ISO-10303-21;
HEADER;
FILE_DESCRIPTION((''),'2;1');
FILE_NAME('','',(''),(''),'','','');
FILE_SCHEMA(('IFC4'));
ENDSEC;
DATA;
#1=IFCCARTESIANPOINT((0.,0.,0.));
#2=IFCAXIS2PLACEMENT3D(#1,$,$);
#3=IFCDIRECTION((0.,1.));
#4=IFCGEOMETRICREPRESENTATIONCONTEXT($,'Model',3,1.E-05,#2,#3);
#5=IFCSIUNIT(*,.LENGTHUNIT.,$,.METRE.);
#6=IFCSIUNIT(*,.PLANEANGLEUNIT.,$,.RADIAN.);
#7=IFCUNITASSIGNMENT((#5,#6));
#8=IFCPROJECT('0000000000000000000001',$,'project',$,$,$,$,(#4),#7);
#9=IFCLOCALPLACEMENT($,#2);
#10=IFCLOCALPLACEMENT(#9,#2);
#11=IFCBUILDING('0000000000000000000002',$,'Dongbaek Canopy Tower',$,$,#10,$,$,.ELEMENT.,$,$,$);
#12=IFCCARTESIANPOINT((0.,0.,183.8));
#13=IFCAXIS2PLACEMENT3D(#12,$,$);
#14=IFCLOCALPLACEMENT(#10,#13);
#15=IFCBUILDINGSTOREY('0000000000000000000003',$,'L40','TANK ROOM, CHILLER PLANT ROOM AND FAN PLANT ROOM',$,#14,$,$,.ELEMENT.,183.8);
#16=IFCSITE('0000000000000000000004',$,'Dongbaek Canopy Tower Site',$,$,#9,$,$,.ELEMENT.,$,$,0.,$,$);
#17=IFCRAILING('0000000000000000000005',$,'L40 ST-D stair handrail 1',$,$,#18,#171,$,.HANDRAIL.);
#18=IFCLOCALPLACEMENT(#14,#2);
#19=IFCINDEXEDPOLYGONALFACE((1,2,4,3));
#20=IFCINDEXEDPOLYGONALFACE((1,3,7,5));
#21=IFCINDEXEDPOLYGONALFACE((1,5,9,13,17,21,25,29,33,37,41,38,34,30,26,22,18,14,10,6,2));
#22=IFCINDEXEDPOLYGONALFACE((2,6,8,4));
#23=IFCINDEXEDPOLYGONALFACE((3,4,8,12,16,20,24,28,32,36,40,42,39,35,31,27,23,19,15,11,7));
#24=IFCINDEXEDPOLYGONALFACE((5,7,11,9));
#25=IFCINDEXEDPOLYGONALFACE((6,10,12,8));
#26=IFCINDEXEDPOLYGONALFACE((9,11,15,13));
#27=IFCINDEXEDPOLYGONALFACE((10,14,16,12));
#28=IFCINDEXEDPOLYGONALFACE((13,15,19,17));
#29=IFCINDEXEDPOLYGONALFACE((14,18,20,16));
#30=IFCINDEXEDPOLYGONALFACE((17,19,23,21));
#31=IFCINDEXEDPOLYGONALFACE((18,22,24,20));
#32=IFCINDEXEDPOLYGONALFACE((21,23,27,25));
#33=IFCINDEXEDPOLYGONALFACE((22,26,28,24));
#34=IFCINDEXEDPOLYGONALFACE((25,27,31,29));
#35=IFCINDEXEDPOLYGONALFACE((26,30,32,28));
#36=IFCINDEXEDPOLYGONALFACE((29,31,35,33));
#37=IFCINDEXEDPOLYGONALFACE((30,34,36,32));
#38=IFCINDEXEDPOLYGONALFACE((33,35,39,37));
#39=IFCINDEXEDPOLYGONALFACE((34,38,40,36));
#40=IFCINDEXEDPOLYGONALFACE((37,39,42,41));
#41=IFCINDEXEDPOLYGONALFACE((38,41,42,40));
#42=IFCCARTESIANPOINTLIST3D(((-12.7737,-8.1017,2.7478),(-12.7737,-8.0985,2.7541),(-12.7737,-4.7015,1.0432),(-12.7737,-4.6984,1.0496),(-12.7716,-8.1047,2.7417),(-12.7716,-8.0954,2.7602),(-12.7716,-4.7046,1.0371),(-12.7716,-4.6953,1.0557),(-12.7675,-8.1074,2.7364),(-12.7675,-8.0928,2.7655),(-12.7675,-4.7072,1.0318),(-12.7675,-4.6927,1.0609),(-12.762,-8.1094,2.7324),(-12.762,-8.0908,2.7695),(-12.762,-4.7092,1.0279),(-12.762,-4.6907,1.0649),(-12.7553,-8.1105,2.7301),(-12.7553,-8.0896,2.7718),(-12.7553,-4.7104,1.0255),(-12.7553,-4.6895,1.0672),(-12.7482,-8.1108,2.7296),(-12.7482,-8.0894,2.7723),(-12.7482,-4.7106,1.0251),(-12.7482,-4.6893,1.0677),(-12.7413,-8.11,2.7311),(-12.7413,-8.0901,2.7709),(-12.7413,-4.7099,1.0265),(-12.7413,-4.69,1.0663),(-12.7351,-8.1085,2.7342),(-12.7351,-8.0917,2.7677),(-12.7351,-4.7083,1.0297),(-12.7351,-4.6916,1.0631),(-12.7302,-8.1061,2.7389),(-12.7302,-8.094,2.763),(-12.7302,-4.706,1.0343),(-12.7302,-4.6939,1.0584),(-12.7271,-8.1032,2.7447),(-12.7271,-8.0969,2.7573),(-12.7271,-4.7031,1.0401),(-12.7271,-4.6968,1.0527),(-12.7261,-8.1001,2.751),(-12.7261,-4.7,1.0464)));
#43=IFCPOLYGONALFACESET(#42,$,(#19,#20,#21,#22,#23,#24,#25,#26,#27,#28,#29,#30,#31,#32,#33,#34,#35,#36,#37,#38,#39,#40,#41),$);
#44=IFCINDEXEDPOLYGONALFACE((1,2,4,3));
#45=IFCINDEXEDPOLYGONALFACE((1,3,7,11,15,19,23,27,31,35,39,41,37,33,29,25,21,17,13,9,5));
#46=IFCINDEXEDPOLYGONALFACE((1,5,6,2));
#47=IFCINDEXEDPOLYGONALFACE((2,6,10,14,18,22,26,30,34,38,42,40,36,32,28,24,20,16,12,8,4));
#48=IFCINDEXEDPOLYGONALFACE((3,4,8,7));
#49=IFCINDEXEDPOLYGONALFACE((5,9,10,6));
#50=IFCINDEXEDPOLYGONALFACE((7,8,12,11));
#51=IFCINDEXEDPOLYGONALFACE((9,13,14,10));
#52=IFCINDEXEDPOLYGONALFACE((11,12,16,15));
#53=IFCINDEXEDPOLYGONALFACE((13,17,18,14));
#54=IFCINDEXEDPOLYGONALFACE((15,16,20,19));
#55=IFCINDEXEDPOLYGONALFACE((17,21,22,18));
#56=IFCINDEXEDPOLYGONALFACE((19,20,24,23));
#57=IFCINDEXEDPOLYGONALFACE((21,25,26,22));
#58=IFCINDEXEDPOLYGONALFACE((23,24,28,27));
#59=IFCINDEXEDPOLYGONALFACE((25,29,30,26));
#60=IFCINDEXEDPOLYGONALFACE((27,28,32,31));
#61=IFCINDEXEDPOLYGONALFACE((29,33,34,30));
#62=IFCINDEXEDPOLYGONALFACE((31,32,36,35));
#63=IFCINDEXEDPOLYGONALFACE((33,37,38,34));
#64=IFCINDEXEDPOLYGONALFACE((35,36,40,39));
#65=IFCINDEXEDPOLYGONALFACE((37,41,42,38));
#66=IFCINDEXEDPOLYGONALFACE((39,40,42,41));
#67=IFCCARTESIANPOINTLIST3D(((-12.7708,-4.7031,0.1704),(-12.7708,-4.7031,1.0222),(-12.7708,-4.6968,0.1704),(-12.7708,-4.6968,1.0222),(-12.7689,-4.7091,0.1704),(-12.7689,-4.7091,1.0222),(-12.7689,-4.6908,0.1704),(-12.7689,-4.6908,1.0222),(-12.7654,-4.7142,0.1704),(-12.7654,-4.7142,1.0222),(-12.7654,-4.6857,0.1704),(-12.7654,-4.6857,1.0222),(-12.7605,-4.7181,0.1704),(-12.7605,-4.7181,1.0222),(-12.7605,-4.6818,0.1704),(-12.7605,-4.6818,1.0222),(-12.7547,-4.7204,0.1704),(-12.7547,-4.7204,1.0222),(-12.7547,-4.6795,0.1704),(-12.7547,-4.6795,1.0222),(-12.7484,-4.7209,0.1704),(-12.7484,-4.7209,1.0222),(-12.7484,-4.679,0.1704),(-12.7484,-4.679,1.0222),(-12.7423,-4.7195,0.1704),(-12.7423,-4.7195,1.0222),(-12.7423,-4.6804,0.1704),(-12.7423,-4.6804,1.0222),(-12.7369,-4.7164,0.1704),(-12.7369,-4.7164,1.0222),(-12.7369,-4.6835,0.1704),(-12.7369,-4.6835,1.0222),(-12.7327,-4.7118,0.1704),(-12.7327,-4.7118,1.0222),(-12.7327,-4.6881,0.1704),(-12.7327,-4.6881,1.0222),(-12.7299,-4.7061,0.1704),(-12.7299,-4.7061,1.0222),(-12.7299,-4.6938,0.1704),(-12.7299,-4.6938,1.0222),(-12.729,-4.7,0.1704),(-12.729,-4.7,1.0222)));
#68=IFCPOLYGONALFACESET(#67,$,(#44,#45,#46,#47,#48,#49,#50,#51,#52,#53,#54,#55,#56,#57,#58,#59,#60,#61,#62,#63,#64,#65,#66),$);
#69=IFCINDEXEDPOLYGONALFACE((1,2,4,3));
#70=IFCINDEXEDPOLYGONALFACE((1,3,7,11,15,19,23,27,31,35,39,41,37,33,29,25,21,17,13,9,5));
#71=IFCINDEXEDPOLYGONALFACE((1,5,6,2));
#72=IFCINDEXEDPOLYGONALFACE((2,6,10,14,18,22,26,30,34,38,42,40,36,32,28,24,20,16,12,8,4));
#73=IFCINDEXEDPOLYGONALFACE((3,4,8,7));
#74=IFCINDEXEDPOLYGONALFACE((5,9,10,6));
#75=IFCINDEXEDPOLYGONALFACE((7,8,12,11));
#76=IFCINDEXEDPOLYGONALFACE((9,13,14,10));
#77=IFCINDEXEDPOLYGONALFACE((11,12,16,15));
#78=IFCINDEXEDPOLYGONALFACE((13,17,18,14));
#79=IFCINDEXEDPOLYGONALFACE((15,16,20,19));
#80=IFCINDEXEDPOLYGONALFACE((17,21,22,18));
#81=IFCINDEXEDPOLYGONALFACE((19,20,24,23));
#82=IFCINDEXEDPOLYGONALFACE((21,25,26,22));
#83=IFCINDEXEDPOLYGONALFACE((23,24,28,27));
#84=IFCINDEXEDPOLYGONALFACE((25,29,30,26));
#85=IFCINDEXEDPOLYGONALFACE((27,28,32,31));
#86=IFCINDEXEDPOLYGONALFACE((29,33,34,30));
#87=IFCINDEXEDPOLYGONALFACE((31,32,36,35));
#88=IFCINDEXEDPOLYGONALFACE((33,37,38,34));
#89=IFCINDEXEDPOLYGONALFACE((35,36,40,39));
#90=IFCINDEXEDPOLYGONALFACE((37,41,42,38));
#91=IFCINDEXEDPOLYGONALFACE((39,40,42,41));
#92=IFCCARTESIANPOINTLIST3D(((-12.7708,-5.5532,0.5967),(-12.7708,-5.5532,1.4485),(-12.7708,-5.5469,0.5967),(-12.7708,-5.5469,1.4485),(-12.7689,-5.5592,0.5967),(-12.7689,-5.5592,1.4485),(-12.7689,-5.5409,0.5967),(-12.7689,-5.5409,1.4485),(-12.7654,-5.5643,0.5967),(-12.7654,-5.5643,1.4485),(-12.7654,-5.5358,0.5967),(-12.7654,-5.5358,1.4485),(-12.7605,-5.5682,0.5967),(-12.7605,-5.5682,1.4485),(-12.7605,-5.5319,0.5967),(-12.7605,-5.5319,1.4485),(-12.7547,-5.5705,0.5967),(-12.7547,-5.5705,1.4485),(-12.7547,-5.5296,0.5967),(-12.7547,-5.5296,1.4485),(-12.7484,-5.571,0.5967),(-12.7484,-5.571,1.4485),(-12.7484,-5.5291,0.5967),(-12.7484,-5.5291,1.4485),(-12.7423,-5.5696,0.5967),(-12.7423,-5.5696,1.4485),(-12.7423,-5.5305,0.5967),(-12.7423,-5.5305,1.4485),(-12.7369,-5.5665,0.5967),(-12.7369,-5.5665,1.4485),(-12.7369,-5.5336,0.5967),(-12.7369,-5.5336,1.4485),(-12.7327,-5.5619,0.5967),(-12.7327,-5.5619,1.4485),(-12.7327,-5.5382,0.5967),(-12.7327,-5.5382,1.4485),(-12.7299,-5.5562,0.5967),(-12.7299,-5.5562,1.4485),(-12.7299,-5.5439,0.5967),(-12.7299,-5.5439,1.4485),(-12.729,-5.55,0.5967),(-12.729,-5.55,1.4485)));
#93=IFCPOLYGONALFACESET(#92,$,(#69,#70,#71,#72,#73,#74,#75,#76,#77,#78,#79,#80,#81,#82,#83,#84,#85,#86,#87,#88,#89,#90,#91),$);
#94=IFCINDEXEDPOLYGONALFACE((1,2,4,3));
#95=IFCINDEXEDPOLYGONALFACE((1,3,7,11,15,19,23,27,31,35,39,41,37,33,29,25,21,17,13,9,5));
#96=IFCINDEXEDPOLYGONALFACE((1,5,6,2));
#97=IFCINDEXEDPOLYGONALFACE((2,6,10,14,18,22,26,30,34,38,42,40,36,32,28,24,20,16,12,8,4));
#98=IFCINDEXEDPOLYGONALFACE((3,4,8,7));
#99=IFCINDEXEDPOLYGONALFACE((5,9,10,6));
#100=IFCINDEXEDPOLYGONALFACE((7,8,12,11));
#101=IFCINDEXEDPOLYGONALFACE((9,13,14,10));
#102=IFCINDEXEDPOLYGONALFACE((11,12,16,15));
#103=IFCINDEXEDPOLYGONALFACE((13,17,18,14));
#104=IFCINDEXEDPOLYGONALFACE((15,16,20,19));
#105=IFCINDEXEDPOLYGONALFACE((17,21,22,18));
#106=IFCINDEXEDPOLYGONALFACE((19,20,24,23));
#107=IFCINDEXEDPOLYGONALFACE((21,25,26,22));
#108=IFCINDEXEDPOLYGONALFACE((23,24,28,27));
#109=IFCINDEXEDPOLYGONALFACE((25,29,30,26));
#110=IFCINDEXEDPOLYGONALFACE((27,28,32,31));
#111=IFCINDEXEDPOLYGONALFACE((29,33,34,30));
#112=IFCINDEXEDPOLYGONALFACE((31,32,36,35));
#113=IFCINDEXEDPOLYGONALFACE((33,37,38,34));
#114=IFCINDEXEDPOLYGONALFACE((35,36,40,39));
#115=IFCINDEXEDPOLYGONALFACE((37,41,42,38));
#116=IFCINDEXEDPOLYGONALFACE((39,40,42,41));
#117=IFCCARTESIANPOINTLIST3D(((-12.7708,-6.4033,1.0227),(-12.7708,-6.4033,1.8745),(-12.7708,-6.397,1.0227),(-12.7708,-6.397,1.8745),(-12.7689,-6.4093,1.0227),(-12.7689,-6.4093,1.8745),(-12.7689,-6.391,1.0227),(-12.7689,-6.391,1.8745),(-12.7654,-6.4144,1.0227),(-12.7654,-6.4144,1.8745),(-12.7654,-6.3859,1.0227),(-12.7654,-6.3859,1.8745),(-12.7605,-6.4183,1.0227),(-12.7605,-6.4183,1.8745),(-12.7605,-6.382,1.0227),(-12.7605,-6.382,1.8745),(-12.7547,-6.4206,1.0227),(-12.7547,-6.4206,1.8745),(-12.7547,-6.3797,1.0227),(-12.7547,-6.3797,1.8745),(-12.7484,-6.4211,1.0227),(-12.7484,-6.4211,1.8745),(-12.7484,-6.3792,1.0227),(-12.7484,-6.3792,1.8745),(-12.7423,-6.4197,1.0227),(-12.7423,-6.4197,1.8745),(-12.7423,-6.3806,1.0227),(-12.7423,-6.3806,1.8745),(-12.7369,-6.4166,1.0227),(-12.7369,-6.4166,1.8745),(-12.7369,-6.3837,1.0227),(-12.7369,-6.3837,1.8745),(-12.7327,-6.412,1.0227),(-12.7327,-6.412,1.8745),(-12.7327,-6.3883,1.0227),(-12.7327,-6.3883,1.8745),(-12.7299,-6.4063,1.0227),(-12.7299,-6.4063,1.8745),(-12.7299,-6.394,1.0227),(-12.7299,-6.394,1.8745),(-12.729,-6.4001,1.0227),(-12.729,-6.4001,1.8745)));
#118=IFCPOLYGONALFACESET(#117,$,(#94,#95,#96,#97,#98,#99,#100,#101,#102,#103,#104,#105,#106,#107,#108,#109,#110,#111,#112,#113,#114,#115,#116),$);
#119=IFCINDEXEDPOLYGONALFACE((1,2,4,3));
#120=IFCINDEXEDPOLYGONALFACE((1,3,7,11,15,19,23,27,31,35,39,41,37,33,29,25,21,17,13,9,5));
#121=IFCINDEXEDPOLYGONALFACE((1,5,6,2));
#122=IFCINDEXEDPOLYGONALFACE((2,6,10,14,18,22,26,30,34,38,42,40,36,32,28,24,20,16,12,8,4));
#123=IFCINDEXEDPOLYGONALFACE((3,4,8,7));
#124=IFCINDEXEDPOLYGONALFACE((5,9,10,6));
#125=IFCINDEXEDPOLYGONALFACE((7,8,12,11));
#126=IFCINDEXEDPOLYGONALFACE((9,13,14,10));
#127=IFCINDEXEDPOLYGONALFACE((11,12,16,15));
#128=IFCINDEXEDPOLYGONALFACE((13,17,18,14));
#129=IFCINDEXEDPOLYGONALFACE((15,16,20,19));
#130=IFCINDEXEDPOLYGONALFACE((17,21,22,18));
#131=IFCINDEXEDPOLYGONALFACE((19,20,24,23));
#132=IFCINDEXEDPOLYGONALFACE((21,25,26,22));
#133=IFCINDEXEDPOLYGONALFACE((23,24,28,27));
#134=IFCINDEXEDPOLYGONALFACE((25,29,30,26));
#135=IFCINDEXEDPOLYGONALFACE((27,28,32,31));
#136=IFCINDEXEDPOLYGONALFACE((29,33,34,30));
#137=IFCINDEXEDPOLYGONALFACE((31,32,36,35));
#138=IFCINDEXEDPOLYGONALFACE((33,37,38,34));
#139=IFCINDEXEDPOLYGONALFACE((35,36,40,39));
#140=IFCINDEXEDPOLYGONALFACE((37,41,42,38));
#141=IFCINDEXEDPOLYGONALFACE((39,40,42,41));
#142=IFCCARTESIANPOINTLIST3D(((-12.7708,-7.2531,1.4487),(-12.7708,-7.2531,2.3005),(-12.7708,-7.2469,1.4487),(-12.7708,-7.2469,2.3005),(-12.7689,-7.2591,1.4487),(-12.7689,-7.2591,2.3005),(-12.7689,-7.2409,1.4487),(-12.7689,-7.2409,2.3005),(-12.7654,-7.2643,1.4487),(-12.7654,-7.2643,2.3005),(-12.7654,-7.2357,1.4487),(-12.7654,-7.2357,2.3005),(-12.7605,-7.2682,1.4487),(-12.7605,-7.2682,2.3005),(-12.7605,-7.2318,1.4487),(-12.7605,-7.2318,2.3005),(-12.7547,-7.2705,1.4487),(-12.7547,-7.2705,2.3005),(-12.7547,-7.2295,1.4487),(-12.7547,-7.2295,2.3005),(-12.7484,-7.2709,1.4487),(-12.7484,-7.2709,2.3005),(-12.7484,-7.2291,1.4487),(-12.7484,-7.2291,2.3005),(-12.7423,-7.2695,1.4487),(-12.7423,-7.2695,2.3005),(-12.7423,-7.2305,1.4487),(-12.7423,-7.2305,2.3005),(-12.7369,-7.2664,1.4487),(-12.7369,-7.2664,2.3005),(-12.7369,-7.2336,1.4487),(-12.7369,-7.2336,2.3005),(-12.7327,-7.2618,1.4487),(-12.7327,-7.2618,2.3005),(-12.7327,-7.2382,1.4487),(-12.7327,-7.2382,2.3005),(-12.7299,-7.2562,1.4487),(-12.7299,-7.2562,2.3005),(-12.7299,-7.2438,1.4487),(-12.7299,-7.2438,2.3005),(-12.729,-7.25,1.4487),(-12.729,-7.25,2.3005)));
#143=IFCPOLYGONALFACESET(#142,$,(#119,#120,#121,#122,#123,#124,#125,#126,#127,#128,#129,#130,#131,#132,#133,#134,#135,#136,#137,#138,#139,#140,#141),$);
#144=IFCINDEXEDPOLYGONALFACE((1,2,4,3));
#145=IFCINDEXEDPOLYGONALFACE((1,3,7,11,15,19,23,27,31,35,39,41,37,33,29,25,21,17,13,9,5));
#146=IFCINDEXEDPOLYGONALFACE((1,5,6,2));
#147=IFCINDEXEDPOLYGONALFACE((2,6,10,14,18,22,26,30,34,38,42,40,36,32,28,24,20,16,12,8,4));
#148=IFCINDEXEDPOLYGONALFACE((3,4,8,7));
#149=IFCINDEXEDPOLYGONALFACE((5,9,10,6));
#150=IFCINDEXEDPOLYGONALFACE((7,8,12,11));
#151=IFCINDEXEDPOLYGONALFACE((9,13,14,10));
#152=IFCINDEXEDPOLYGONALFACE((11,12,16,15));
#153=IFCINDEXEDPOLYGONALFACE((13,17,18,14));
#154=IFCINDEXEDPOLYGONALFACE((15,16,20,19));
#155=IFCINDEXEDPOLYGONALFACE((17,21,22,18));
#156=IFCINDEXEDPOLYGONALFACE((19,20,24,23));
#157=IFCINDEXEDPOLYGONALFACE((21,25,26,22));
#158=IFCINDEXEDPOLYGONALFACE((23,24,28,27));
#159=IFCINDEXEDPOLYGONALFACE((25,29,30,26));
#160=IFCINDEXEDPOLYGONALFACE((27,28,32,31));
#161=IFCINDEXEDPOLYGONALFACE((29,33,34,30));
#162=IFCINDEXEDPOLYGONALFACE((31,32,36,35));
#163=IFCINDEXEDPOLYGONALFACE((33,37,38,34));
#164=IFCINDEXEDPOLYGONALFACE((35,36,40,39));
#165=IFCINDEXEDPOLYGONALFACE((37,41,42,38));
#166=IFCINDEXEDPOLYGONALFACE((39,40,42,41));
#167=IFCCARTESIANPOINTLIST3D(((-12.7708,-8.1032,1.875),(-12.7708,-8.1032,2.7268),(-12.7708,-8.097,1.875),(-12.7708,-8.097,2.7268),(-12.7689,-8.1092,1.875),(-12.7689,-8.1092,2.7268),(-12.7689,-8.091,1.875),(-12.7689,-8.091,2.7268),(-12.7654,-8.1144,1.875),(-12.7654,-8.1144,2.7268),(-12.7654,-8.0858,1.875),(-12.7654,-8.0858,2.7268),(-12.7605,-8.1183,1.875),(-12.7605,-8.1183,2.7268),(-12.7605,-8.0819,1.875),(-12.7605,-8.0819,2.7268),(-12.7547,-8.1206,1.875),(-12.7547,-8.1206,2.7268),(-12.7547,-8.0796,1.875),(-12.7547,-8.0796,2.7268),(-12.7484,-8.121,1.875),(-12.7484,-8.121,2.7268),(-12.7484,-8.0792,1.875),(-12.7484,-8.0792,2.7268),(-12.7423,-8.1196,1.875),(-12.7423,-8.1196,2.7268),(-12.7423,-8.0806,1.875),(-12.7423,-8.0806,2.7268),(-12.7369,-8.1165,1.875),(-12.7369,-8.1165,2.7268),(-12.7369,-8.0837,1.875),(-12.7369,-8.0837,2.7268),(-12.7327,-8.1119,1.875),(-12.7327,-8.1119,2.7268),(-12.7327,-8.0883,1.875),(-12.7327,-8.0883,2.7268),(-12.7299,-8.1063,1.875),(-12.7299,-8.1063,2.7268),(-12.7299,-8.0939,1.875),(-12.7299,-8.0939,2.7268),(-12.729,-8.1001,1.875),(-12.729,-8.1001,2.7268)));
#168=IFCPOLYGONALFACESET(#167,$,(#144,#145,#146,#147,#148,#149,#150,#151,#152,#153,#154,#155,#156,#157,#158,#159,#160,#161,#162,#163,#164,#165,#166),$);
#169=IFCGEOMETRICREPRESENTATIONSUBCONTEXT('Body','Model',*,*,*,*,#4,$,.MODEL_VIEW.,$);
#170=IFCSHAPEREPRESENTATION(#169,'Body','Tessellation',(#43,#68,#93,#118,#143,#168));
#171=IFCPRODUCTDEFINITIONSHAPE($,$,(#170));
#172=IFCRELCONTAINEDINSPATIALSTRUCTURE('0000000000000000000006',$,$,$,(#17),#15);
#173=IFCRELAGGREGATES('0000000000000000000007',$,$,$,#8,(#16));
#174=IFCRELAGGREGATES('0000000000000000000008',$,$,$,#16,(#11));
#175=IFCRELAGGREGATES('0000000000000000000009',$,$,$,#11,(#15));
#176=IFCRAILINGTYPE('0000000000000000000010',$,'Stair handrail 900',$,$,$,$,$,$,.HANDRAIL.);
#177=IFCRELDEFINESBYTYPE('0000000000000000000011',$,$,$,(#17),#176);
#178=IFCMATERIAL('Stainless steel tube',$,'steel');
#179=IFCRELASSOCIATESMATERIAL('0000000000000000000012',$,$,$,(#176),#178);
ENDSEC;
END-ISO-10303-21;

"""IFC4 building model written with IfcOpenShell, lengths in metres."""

from ifc_helpers import new_model, si_unit, direction, frame, origin, origin_2d, place, context, subcontext, project, spatial, circle, extrude, material, type_object, element, save


model = new_model("IFC4")

# Units and contexts
model_context = context("Model", 3, precision=1e-05, world=origin(), true_north=direction((0.0, 1.0)))
body_context = subcontext(model_context, "Body", "Model", "MODEL_VIEW")
ifc_project = project(units=[si_unit("LENGTHUNIT", "METRE"), si_unit("PLANEANGLEUNIT", "RADIAN")], contexts=[model_context])

# Site, building, storey
site_placement = place(None, origin())
site = spatial("IfcSite", under=ifc_project, at=site_placement, Name="Dongbaek Canopy Tower Site", CompositionType="ELEMENT", RefElevation=0.0)
building_placement = place(site_placement, origin())
building = spatial("IfcBuilding", under=site, at=building_placement, Name="Dongbaek Canopy Tower", CompositionType="ELEMENT")
storey_placement = place(building_placement, frame((0.0, 0.0, 183.8)))
storey = spatial("IfcBuildingStorey", under=building, at=storey_placement, Name="L40", Description="TANK ROOM, CHILLER PLANT ROOM AND FAN PLANT ROOM", CompositionType="ELEMENT", Elevation=183.8)

# Railing
ifc_material_1 = material(Name="Stainless steel tube", Category="steel")
railing_type_1 = type_object("IfcRailingType", Name="Stair handrail 900", PredefinedType="HANDRAIL", material=ifc_material_1)
for number, where, name in (
    (1, (-12.75, -4.7, 0.1704), "L40 ST-D stair handrail 1"),
):
    element("IfcRailing", number, at=place(storey_placement, frame(where)), inside=storey, type_object=railing_type_1, Name=name, PredefinedType="HANDRAIL", context=body_context, shape_type="SweptSolid", body=[
        extrude(circle(Radius=0.0239, at=origin_2d()), frame((0.0, 0.0, 0.876), z_axis=(0.0, -0.893952, 0.448163), x_axis=(1.0, 0.0, 0.0)), (0.0, 0.0, 1.0), 3.8035),
        extrude(circle(Radius=0.021, at=origin_2d()), origin(), (0.0, 0.0, 1.0), 0.8518),
        extrude(circle(Radius=0.021, at=origin_2d()), frame((0.0, -0.8501, 0.4263)), (0.0, 0.0, 1.0), 0.8518),
        extrude(circle(Radius=0.021, at=origin_2d()), frame((0.0, -1.7002, 0.8523)), (0.0, 0.0, 1.0), 0.8518),
        extrude(circle(Radius=0.021, at=origin_2d()), frame((0.0, -2.55, 1.2783)), (0.0, 0.0, 1.0), 0.8518),
        extrude(circle(Radius=0.021, at=origin_2d()), frame((0.0, -3.4001, 1.7046)), (0.0, 0.0, 1.0), 0.8518),
    ])

save(model, "model.ifc")
